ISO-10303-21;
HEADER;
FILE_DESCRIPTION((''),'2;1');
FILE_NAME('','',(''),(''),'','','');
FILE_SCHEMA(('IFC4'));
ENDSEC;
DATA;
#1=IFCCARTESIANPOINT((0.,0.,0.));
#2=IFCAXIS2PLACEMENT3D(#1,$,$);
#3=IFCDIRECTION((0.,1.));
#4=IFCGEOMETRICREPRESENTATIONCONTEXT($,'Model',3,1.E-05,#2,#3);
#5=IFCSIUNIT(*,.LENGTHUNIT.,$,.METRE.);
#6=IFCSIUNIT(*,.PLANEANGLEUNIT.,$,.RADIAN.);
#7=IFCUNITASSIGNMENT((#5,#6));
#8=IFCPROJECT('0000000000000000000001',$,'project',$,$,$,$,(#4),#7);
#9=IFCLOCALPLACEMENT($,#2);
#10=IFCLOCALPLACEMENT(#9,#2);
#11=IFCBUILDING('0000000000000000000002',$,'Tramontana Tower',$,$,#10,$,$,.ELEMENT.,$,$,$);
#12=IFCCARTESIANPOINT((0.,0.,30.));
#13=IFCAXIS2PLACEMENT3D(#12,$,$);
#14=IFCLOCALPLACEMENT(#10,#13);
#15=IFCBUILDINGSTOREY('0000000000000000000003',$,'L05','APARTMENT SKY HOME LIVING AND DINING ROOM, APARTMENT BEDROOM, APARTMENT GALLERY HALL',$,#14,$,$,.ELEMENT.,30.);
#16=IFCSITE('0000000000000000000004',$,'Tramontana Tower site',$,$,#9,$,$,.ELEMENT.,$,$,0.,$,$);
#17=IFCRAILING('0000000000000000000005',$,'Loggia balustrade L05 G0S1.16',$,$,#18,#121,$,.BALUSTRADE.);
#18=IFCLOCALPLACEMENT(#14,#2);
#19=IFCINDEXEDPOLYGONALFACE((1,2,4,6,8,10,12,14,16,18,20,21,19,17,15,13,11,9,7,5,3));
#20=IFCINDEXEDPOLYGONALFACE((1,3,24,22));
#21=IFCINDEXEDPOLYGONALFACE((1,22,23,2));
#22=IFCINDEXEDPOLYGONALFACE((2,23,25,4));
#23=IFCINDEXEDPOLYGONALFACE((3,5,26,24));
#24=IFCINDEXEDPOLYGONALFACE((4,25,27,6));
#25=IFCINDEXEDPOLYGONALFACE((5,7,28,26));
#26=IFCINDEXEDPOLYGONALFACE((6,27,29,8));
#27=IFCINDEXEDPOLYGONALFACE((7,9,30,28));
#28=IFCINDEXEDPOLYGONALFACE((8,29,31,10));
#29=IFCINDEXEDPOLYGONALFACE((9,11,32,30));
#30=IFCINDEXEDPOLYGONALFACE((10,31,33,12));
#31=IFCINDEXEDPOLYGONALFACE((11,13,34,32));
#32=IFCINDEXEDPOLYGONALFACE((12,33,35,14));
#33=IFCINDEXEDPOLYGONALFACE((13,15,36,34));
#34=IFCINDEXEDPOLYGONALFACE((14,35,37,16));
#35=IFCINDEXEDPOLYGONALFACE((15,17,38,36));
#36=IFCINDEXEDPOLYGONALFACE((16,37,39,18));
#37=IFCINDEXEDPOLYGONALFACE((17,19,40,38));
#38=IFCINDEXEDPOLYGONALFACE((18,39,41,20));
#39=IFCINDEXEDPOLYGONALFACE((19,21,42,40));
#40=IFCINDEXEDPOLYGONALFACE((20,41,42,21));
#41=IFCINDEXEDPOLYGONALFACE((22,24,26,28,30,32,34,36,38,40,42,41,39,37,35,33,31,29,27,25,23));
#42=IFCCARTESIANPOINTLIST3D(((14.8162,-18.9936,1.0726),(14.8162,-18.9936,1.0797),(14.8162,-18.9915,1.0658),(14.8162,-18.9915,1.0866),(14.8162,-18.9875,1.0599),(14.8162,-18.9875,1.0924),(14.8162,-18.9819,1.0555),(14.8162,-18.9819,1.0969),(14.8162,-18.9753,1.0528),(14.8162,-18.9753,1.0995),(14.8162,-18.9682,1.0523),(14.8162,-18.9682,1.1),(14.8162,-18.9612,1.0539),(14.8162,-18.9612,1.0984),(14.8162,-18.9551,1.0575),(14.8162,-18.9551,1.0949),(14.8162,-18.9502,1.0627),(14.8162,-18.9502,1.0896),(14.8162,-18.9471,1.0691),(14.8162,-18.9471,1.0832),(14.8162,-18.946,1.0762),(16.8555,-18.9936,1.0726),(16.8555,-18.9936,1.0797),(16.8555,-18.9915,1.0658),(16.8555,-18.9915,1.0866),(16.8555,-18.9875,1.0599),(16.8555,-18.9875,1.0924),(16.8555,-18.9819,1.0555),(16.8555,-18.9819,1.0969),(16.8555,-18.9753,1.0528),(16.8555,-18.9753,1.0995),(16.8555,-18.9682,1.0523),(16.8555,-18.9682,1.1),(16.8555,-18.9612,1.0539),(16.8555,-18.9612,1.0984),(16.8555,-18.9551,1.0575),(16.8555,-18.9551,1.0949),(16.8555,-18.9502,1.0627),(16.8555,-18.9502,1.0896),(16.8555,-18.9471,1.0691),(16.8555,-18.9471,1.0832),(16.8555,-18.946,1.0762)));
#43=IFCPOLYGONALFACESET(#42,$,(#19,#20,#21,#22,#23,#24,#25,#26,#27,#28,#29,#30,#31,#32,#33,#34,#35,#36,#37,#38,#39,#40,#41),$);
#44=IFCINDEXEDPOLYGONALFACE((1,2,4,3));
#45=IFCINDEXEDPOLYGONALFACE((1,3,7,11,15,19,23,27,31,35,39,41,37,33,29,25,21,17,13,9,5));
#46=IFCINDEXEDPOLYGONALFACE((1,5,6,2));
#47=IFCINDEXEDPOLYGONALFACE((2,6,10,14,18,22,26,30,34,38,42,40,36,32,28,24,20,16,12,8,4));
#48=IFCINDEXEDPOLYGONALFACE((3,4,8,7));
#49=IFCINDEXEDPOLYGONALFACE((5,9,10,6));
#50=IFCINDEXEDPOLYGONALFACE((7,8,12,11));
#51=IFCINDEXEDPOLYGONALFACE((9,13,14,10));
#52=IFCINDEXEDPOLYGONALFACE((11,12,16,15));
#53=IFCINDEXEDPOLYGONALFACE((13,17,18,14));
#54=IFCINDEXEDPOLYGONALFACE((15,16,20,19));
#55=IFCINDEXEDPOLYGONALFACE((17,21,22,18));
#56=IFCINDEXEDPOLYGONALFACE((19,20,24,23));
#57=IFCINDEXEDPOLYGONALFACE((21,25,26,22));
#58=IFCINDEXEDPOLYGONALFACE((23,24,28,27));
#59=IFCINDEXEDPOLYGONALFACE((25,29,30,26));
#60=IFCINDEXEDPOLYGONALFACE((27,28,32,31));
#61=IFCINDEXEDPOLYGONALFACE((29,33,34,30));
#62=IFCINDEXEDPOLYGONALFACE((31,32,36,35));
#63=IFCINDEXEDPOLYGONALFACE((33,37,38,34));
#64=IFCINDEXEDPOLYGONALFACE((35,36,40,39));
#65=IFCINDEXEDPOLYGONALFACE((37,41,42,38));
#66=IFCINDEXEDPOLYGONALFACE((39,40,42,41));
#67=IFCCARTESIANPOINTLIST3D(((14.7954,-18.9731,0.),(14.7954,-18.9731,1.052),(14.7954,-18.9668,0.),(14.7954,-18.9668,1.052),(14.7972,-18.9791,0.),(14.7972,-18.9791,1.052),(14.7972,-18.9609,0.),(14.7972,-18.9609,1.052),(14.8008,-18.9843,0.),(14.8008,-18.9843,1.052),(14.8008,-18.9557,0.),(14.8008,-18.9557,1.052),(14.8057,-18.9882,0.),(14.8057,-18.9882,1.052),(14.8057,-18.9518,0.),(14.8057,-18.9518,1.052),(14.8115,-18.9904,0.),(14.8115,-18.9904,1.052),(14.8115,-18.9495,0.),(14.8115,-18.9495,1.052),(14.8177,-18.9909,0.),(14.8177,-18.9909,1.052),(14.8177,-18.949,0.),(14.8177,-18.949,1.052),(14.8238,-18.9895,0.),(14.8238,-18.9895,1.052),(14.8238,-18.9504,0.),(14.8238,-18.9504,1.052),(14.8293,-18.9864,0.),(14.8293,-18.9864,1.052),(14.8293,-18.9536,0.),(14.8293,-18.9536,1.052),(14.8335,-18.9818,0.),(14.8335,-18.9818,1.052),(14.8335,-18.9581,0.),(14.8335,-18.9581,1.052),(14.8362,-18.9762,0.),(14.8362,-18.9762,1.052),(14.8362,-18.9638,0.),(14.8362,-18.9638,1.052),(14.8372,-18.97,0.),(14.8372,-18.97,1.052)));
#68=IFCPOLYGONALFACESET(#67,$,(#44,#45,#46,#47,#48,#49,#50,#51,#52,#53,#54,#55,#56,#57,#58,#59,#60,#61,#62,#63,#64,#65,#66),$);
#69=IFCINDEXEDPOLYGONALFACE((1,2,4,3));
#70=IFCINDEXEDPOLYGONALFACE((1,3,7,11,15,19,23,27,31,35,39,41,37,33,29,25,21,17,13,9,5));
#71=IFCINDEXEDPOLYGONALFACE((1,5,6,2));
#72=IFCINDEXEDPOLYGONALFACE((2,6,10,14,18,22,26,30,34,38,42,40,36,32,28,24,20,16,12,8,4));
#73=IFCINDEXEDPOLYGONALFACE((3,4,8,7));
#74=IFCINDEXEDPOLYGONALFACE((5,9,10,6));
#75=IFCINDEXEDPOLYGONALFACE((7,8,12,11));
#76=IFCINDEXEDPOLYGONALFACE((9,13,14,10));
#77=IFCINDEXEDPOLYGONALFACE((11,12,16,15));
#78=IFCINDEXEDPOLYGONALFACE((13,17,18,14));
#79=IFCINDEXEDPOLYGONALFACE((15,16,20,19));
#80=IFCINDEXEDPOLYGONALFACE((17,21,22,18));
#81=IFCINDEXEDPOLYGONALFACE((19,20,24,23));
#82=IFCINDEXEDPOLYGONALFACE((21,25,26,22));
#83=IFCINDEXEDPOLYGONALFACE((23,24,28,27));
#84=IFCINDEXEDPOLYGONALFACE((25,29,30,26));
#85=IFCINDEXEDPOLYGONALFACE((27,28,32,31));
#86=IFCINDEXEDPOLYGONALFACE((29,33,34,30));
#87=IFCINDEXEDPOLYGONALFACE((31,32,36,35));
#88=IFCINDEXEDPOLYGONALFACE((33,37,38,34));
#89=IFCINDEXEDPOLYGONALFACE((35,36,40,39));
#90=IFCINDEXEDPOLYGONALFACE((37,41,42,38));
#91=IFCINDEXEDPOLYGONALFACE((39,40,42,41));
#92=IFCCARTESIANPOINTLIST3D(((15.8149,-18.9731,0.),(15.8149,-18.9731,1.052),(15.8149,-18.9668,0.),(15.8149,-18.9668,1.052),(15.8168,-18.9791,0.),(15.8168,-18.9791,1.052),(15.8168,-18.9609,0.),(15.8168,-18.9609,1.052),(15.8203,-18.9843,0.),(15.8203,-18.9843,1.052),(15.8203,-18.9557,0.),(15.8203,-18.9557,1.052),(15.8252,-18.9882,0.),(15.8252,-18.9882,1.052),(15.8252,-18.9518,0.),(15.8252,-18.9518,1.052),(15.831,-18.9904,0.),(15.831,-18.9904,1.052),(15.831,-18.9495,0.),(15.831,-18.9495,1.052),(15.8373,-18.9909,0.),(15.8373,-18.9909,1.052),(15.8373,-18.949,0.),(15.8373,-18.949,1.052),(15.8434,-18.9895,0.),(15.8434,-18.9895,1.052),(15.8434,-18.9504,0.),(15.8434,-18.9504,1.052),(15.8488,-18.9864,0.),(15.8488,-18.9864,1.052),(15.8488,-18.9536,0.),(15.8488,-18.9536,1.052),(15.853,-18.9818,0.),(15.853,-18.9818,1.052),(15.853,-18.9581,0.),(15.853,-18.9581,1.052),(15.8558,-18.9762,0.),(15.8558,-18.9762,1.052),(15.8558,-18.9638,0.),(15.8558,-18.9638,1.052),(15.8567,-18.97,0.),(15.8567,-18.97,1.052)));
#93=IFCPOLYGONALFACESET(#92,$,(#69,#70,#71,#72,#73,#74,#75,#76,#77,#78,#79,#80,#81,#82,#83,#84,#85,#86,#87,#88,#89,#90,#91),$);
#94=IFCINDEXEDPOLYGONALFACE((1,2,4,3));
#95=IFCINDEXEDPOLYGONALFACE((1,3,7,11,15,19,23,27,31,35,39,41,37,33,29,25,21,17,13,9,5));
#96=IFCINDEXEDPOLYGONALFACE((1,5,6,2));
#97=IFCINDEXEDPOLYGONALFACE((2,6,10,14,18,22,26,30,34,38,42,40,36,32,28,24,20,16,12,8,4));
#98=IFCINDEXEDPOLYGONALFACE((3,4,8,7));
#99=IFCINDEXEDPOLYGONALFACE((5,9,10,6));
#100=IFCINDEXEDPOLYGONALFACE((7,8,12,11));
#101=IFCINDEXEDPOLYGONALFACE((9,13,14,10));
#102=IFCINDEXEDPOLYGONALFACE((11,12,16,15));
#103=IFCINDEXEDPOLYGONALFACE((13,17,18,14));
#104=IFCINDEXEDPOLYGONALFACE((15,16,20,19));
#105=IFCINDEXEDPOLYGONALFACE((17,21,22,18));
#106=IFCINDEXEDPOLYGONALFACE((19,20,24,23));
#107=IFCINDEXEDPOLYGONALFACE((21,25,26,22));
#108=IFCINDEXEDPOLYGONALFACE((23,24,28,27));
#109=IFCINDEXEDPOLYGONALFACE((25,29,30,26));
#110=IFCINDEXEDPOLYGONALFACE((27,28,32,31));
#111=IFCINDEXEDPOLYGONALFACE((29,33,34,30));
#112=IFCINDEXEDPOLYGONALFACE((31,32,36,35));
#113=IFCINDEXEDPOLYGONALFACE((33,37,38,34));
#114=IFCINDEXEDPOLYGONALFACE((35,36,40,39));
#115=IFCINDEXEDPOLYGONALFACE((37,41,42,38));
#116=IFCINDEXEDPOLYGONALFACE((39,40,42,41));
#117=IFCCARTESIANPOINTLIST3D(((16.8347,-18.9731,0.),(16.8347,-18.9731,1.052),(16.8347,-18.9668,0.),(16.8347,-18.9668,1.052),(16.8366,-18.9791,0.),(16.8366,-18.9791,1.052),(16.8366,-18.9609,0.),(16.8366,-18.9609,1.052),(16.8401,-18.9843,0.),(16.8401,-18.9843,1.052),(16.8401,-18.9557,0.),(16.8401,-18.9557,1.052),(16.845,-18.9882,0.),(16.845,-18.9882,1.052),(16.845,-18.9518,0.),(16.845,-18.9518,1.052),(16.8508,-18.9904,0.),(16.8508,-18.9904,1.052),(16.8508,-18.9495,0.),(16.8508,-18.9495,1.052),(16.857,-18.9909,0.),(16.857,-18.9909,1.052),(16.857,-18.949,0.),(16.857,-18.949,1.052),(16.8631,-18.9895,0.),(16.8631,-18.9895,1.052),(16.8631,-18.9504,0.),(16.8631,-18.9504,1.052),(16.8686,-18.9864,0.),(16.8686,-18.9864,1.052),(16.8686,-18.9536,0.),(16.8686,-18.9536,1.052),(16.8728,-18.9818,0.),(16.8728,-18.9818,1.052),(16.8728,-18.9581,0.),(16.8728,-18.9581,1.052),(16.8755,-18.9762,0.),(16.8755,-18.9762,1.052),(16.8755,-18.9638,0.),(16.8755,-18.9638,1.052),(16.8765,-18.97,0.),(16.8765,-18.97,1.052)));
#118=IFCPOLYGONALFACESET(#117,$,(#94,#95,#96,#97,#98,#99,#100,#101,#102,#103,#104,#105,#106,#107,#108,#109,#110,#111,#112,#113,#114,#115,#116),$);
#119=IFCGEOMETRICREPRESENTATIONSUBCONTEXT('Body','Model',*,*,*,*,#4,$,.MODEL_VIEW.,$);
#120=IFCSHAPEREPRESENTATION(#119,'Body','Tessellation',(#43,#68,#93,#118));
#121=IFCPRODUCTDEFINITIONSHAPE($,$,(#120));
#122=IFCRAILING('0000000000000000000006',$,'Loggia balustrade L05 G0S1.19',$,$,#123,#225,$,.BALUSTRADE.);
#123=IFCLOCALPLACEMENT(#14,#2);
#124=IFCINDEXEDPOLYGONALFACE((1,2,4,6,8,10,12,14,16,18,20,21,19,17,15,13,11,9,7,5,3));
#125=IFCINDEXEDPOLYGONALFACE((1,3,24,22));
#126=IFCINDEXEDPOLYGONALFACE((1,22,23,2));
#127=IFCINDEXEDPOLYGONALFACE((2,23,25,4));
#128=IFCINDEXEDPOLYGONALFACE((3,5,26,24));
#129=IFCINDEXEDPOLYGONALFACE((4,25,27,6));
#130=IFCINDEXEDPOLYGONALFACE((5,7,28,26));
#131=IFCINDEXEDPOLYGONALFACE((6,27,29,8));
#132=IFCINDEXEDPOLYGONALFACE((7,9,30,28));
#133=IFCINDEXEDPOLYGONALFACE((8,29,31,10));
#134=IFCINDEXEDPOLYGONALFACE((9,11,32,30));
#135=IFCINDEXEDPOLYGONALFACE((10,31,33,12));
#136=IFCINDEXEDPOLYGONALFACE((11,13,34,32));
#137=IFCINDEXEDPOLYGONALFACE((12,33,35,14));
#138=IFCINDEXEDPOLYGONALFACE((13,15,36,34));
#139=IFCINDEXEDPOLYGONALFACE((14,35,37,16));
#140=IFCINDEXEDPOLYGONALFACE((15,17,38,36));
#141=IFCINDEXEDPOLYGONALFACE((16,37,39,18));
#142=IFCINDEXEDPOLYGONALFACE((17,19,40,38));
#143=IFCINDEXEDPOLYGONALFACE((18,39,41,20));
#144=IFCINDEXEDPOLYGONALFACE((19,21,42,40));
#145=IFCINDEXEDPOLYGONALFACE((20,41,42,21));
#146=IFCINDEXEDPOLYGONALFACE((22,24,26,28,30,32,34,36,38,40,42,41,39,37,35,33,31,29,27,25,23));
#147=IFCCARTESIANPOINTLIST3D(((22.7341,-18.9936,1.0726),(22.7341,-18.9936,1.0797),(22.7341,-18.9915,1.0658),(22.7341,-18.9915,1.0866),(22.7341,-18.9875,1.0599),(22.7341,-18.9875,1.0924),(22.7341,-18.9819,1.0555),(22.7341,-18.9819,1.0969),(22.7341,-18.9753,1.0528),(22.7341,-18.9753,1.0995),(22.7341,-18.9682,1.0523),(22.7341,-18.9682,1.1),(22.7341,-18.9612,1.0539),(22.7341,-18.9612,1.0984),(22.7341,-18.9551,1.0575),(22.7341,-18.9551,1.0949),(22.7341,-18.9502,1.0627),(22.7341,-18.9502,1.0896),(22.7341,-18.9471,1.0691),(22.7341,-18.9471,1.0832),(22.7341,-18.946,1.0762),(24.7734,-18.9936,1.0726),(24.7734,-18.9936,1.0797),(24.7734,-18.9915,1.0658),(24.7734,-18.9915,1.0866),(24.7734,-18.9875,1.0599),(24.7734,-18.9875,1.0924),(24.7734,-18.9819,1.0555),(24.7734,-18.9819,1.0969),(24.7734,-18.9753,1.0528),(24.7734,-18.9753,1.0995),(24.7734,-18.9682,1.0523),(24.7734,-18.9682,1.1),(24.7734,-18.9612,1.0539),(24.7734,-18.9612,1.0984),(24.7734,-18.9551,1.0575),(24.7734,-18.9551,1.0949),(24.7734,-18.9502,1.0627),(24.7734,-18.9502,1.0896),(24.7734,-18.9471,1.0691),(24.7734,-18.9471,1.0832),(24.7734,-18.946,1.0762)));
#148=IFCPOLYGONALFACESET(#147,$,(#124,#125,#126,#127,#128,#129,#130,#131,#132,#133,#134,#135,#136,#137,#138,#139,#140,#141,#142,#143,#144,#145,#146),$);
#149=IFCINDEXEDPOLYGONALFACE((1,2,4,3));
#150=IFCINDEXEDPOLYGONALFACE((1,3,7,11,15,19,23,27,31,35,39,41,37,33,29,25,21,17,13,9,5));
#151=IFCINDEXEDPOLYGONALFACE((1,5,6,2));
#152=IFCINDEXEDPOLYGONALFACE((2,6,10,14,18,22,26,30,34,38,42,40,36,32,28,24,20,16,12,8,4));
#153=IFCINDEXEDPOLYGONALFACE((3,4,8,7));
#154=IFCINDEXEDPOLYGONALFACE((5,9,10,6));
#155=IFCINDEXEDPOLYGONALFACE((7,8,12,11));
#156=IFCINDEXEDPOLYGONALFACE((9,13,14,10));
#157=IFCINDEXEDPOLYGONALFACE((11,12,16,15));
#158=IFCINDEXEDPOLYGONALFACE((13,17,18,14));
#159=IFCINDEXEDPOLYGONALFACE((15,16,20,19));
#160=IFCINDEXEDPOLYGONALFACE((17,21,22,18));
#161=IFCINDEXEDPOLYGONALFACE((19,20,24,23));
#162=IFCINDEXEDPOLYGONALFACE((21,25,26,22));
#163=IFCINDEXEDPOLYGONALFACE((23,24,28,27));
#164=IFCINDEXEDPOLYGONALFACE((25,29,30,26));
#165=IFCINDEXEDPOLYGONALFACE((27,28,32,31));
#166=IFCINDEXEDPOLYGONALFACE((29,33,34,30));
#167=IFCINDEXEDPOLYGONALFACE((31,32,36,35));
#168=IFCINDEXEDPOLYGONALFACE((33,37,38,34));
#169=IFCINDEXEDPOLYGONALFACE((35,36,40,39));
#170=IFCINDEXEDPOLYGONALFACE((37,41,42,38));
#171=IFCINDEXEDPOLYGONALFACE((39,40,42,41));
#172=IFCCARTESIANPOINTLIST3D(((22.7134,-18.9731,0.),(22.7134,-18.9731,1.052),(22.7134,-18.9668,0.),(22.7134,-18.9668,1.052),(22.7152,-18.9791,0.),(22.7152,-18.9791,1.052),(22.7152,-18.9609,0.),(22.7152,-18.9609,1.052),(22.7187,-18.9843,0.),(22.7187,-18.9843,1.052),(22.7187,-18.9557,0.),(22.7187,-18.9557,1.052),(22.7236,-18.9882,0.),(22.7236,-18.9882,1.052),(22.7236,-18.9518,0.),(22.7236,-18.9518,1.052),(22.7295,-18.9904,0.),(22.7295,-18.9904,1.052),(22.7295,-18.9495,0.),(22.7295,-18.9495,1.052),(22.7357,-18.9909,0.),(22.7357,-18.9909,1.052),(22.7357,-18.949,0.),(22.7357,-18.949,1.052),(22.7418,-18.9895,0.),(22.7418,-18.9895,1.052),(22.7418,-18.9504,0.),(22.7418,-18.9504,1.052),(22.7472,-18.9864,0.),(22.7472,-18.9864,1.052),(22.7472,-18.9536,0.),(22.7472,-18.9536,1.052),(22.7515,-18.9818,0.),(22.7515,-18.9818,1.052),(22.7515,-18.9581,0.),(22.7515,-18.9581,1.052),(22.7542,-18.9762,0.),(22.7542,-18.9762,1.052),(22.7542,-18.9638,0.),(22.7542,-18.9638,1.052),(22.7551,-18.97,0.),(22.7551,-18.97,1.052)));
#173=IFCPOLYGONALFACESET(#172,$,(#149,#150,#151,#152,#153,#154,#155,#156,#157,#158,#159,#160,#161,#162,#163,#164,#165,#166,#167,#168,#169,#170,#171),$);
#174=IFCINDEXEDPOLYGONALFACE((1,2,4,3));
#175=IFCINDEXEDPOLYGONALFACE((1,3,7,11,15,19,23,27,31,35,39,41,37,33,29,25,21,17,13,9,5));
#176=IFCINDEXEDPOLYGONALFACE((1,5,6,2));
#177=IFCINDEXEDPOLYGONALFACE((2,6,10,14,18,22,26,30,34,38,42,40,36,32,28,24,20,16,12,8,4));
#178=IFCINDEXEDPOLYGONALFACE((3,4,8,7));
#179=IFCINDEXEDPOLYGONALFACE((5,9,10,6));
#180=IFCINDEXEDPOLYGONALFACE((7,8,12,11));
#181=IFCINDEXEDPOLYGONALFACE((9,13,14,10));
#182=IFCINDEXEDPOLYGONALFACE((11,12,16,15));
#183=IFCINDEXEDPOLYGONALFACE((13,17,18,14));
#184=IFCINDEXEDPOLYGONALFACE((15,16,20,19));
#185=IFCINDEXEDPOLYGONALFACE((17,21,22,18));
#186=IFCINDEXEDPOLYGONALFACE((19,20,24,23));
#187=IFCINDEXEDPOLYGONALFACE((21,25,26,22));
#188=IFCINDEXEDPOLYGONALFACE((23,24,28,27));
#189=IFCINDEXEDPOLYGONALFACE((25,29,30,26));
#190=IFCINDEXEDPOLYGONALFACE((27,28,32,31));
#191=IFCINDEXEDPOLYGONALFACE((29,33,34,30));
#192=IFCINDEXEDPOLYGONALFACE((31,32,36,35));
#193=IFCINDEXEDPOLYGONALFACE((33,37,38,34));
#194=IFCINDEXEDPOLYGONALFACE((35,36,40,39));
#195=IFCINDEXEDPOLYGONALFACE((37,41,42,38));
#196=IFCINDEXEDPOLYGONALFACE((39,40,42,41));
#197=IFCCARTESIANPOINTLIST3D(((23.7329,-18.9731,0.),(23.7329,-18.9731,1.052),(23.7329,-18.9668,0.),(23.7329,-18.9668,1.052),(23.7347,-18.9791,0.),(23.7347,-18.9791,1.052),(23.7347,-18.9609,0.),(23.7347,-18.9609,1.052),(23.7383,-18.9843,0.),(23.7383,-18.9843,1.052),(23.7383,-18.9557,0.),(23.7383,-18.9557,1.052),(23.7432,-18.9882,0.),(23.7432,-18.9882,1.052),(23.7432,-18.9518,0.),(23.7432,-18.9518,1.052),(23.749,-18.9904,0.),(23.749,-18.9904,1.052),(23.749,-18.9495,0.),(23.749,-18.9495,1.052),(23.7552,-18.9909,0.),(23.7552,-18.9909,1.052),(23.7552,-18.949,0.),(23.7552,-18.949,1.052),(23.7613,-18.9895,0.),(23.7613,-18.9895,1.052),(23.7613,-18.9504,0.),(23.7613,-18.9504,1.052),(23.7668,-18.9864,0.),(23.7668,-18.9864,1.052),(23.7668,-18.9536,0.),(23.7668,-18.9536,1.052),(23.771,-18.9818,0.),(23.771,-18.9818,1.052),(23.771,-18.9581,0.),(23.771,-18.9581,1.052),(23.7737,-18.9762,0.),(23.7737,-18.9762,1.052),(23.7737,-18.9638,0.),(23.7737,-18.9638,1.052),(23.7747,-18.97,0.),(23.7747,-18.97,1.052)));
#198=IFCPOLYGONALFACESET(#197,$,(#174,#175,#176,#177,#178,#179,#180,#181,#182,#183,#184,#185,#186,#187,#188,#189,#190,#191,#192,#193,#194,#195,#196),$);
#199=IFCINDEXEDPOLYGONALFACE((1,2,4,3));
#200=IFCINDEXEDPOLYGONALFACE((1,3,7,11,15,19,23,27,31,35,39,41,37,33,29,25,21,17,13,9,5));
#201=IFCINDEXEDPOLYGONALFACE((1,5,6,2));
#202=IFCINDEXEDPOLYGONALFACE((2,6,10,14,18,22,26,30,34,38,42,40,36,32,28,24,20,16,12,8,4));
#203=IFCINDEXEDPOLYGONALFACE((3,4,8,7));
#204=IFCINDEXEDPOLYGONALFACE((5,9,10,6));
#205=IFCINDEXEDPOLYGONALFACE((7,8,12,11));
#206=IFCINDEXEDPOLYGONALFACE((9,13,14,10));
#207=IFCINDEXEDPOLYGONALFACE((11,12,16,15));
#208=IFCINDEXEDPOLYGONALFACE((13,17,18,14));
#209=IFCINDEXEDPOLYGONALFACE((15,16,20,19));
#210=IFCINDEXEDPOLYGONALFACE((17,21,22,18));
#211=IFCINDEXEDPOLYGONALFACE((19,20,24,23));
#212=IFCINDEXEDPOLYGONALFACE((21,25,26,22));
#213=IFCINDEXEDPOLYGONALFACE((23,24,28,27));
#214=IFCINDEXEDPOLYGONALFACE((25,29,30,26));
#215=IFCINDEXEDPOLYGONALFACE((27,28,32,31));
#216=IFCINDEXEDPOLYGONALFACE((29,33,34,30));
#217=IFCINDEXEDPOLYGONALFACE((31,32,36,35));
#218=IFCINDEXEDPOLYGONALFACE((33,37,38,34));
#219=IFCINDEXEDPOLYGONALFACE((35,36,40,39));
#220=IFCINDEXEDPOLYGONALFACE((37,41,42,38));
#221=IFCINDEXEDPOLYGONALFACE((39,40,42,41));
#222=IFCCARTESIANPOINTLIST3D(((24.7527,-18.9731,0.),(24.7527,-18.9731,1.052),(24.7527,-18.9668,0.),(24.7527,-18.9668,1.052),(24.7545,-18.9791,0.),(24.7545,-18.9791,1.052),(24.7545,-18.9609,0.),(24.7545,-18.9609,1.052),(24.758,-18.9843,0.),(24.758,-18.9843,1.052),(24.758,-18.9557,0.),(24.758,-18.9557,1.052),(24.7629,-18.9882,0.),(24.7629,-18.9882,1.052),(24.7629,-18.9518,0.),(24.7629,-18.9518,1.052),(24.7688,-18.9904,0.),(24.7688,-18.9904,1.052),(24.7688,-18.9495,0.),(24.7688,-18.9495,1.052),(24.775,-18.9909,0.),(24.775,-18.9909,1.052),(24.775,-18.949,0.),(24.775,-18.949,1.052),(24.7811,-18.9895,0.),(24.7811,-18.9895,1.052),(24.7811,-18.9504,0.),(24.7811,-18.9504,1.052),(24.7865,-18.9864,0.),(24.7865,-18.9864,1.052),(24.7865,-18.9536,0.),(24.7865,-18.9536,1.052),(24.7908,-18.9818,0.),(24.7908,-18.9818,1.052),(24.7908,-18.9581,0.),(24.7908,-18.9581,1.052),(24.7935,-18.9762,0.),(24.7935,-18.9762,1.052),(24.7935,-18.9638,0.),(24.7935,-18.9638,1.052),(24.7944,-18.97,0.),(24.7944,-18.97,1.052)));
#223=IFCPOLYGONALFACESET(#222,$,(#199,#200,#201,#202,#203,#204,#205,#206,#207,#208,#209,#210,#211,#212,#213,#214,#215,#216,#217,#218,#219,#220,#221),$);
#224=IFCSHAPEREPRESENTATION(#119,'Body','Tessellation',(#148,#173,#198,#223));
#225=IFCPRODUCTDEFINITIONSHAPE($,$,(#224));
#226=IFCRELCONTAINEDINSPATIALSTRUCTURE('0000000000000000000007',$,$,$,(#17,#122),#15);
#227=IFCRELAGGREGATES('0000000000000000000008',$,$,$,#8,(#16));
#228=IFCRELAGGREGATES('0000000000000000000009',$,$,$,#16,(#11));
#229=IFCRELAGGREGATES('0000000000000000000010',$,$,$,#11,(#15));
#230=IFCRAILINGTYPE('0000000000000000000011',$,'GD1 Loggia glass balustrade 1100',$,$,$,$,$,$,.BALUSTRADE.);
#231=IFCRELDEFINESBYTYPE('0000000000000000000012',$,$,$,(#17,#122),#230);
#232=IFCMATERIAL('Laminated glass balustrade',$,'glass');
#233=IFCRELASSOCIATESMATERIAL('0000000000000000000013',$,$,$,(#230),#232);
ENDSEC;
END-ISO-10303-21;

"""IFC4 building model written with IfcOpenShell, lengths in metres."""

from ifc_helpers import new_model, si_unit, direction, frame, origin, origin_2d, place, context, subcontext, project, spatial, circle, extrude, material, type_object, element, save


model = new_model("IFC4")

# Units and contexts
model_context = context("Model", 3, precision=1e-05, world=origin(), true_north=direction((0.0, 1.0)))
body_context = subcontext(model_context, "Body", "Model", "MODEL_VIEW")
ifc_project = project(units=[si_unit("LENGTHUNIT", "METRE"), si_unit("PLANEANGLEUNIT", "RADIAN")], contexts=[model_context])

# Site, building, storey
site_placement = place(None, origin())
site = spatial("IfcSite", under=ifc_project, at=site_placement, Name="Tramontana Tower site", CompositionType="ELEMENT", RefElevation=0.0)
building_placement = place(site_placement, origin())
building = spatial("IfcBuilding", under=site, at=building_placement, Name="Tramontana Tower", CompositionType="ELEMENT")
storey_placement = place(building_placement, frame((0.0, 0.0, 30.0)))
storey = spatial("IfcBuildingStorey", under=building, at=storey_placement, Name="L05", Description="APARTMENT SKY HOME LIVING AND DINING ROOM, APARTMENT BEDROOM, APARTMENT GALLERY HALL", CompositionType="ELEMENT", Elevation=30.0)

# Railings
ifc_material_1 = material(Name="Laminated glass balustrade", Category="glass")
railing_type = type_object("IfcRailingType", Name="GD1 Loggia glass balustrade 1100", PredefinedType="BALUSTRADE", material=ifc_material_1)
for number, where, name in (
    (1, (14.8162, -18.97, 0.0), "Loggia balustrade L05 G0S1.16"),
    (2, (22.7341, -18.97, 0.0), "Loggia balustrade L05 G0S1.19"),
):
    element("IfcRailing", number, at=place(storey_placement, frame(where)), inside=storey, type_object=railing_type, Name=name, PredefinedType="BALUSTRADE", context=body_context, shape_type="SweptSolid", body=[
        extrude(circle(Radius=0.0239, at=origin_2d()), frame((0.0, 0.0, 1.0762), z_axis=(1.0, 0.0, 0.0), x_axis=(0.0, 1.0, 0.0)), (0.0, 0.0, 1.0), 2.0393),
        extrude(circle(Radius=0.021, at=origin_2d()), origin(), (0.0, 0.0, 1.0), 1.052),
        extrude(circle(Radius=0.021, at=origin_2d()), frame((1.0195, 0.0, 0.0)), (0.0, 0.0, 1.0), 1.052),
        extrude(circle(Radius=0.021, at=origin_2d()), frame((2.0393, 0.0, 0.0)), (0.0, 0.0, 1.0), 1.052),
    ])

save(model, "model.ifc")
